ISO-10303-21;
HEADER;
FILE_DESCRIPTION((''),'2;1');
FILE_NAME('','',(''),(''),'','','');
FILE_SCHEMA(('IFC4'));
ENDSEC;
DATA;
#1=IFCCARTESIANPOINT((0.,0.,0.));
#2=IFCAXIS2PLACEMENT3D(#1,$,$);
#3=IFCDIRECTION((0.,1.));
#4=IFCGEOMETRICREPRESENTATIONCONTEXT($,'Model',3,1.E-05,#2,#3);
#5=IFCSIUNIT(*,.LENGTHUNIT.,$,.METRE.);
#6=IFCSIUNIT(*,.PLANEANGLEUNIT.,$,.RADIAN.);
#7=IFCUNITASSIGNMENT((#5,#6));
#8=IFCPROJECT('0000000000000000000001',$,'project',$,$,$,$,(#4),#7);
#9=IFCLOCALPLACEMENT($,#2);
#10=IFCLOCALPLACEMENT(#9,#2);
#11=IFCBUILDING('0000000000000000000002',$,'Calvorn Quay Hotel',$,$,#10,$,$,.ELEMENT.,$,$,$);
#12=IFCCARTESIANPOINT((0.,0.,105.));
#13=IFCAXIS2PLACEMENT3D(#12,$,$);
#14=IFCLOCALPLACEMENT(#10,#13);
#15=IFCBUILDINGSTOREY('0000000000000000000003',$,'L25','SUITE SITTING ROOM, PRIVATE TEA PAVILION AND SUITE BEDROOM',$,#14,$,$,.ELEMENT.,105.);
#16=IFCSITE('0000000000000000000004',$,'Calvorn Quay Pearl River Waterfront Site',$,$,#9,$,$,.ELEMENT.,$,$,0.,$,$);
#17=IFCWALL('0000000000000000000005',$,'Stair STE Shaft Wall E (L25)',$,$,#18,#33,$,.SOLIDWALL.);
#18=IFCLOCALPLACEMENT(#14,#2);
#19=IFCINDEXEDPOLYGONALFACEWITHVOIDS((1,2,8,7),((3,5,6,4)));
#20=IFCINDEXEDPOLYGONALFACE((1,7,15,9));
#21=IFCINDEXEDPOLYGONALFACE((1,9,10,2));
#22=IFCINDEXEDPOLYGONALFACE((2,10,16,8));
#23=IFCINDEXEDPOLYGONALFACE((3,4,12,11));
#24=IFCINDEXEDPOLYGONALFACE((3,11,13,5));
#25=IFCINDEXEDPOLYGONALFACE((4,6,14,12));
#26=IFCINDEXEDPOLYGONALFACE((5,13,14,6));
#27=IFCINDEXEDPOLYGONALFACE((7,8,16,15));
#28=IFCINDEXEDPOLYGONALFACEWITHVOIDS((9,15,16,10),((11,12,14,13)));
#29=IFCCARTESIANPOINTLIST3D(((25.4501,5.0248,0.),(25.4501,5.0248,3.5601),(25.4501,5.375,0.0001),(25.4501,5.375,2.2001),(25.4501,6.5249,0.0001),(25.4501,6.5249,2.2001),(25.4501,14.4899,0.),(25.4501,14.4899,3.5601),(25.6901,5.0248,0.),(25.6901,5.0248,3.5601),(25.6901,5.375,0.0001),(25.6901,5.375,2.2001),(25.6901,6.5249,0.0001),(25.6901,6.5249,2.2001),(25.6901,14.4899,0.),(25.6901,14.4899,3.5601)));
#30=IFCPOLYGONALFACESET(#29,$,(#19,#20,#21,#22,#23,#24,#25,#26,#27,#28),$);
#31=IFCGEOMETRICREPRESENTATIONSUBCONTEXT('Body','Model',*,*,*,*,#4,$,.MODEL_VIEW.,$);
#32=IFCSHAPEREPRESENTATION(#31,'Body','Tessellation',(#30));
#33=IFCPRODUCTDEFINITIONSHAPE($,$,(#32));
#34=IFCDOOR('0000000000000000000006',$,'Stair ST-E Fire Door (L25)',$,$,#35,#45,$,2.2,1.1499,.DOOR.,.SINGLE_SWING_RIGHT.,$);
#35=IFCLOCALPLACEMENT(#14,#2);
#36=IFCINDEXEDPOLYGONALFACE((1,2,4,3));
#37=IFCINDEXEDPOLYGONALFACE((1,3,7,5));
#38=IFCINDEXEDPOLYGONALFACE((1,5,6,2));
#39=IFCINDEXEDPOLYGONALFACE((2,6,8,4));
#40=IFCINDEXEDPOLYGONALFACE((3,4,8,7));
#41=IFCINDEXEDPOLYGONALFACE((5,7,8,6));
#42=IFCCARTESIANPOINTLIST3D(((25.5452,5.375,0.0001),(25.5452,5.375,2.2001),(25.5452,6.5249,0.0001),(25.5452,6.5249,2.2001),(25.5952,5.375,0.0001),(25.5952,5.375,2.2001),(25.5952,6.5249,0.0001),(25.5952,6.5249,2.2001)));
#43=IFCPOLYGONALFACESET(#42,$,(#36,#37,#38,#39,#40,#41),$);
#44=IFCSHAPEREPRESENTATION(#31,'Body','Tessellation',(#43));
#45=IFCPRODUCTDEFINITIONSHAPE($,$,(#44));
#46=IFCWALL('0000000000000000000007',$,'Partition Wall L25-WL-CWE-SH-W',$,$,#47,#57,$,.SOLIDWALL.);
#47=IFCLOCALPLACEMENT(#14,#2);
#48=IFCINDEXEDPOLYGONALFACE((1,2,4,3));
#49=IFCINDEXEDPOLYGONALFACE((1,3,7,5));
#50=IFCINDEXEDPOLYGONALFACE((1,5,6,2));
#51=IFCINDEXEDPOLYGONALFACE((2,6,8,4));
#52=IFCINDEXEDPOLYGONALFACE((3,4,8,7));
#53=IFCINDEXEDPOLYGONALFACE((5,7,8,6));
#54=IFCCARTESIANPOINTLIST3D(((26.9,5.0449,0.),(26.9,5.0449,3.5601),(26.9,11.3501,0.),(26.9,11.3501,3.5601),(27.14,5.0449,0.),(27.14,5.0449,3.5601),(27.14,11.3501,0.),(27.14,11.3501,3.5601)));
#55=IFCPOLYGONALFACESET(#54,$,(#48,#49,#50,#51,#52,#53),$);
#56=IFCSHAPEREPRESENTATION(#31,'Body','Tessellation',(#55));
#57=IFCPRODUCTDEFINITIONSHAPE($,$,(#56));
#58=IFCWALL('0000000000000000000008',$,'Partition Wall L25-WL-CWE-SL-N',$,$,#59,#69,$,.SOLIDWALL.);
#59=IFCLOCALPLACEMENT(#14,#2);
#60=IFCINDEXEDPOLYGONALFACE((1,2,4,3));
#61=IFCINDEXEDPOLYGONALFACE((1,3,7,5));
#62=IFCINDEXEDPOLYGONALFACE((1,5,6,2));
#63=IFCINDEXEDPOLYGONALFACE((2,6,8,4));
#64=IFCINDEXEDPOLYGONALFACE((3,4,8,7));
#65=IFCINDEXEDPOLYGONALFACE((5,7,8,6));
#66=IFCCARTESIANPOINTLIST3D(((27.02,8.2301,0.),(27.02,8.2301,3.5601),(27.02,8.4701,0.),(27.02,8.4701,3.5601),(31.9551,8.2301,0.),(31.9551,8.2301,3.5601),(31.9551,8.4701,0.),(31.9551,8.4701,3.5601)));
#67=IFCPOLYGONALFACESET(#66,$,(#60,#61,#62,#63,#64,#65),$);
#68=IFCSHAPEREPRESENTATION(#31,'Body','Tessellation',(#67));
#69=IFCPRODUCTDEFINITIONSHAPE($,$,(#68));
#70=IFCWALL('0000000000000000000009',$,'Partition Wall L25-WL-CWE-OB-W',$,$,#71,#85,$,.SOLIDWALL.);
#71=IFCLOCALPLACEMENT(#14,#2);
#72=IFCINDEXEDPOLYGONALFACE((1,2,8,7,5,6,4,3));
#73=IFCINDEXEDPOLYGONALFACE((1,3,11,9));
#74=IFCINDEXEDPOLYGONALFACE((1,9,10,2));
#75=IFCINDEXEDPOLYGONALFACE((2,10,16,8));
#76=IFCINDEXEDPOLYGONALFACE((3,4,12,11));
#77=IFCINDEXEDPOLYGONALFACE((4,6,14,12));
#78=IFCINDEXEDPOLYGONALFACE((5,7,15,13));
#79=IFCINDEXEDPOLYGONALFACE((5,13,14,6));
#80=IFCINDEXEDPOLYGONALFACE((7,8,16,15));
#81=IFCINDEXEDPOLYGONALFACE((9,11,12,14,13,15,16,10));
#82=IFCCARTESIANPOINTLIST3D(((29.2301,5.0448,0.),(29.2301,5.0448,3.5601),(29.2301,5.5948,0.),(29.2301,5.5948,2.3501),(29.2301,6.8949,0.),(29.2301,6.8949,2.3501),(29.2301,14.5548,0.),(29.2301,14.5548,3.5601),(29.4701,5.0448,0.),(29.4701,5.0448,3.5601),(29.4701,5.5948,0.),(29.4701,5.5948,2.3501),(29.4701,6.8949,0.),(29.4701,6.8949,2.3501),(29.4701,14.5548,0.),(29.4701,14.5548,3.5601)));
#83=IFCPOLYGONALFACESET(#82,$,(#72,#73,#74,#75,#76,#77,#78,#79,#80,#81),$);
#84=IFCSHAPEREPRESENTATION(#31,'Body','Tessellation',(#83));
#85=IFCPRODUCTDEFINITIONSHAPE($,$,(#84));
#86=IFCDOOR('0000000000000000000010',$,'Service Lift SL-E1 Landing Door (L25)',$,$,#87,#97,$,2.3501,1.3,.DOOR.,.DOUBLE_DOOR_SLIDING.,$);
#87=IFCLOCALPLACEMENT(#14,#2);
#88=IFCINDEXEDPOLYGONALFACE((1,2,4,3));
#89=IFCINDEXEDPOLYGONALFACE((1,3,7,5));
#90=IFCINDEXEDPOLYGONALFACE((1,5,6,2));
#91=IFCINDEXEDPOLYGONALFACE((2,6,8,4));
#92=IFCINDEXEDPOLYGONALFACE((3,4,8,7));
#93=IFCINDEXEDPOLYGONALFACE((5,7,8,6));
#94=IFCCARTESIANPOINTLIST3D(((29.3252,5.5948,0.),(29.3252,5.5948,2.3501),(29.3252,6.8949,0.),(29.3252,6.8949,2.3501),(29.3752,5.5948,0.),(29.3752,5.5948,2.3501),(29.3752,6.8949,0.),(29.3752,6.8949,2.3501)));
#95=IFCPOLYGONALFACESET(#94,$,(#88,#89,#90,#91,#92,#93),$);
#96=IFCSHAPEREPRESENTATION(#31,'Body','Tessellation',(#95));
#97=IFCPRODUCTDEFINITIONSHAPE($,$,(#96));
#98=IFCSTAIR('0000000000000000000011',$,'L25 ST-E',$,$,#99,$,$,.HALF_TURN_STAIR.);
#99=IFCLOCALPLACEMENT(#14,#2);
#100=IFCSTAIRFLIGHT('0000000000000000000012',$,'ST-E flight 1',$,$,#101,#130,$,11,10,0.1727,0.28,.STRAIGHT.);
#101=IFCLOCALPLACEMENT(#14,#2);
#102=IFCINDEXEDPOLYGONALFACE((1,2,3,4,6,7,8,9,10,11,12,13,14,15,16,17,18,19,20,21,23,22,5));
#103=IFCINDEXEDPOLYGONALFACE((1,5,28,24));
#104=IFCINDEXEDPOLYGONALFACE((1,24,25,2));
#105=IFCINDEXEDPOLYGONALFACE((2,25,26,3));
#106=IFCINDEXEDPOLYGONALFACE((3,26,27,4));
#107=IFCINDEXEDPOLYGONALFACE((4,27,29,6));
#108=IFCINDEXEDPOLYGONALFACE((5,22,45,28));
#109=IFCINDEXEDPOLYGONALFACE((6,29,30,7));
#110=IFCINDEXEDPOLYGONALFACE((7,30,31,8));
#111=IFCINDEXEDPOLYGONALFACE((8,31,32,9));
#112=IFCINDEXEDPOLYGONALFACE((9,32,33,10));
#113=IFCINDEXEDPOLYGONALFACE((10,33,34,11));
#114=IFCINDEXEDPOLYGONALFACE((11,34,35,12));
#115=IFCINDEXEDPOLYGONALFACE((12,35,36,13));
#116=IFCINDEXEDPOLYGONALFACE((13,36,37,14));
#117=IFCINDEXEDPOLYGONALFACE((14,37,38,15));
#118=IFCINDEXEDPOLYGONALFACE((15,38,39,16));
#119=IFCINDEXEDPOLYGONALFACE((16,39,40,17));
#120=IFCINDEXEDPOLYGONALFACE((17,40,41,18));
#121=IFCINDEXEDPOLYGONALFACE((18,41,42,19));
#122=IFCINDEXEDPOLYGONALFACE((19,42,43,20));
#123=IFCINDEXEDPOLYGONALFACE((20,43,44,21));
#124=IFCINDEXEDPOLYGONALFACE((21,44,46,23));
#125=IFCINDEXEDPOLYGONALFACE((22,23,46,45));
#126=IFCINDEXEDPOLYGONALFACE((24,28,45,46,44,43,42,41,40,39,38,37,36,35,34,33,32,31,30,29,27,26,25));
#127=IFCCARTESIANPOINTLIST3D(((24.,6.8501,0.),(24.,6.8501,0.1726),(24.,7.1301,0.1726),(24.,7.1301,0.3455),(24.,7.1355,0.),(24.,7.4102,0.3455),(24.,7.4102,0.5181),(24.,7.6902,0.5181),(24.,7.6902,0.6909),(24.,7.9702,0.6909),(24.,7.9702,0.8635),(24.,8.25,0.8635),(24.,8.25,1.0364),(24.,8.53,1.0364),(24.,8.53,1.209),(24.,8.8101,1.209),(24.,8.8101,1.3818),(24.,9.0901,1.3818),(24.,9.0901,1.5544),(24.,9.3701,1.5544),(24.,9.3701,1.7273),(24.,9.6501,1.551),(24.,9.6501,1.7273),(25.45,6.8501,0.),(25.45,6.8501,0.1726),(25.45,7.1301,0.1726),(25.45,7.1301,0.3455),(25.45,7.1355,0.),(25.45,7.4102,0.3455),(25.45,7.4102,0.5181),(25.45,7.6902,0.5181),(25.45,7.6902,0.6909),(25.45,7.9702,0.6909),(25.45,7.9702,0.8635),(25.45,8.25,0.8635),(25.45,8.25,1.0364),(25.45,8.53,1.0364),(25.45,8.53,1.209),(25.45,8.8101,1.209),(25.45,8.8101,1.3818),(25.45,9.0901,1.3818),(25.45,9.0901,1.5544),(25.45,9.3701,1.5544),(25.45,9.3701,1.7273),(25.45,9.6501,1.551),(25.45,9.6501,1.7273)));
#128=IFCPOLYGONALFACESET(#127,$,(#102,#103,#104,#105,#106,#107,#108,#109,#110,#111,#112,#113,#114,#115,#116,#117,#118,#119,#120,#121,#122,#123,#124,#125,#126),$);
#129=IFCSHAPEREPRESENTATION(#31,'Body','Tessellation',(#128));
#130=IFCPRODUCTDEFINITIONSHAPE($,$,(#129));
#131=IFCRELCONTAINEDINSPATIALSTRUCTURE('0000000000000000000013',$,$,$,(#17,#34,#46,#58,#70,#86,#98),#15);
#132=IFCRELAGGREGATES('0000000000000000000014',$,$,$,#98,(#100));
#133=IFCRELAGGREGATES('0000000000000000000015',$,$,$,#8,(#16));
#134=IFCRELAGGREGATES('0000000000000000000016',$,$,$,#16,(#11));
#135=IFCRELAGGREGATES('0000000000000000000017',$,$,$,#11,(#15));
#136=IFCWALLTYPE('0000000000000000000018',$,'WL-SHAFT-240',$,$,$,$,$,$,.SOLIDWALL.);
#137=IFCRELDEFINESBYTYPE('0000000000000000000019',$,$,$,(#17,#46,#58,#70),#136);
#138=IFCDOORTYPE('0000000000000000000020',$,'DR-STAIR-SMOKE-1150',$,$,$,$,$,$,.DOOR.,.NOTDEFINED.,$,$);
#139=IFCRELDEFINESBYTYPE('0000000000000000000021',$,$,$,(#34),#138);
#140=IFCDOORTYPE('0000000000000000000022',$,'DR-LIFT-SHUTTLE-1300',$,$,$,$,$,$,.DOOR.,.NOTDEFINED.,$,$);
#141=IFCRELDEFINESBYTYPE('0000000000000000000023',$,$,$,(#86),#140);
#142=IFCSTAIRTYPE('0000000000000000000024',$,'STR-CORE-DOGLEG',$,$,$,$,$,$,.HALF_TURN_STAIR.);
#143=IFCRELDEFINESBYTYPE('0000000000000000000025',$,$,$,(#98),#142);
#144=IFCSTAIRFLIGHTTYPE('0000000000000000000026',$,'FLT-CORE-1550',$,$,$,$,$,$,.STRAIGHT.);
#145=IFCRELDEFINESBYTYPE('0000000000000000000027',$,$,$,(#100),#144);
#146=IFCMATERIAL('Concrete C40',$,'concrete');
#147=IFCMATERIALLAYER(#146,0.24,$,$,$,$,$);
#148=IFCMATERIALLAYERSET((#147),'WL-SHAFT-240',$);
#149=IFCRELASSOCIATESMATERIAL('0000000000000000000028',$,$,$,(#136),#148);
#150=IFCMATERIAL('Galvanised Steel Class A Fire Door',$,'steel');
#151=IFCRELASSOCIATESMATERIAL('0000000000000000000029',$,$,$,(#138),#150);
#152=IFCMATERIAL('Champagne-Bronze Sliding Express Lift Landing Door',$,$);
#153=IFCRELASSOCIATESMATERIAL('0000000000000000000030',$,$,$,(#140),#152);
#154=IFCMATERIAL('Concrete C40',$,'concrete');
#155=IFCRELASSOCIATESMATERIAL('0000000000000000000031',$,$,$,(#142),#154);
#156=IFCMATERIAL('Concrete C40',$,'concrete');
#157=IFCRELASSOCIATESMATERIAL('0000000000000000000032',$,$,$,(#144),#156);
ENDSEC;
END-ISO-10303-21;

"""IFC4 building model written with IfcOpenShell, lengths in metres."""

from ifc_helpers import new_model, si_unit, direction, frame, frame_2d, origin, place, context, subcontext, project, spatial, polyline, rectangle, outline, extrude, material, layer, layer_set, type_object, element, fill, aggregate, save


model = new_model("IFC4")

# Units and contexts
model_context = context("Model", 3, precision=1e-05, world=origin(), true_north=direction((0.0, 1.0)))
body_context = subcontext(model_context, "Body", "Model", "MODEL_VIEW")
ifc_project = project(units=[si_unit("LENGTHUNIT", "METRE"), si_unit("PLANEANGLEUNIT", "RADIAN")], contexts=[model_context])

# Site, building, storey
site_placement = place(None, origin())
site = spatial("IfcSite", under=ifc_project, at=site_placement, Name="Calvorn Quay Pearl River Waterfront Site", CompositionType="ELEMENT", RefElevation=0.0)
building_placement = place(site_placement, origin())
building = spatial("IfcBuilding", under=site, at=building_placement, Name="Calvorn Quay Hotel", CompositionType="ELEMENT")
storey_placement = place(building_placement, frame((0.0, 0.0, 105.0)))
storey = spatial("IfcBuildingStorey", under=building, at=storey_placement, Name="L25", Description="SUITE SITTING ROOM, PRIVATE TEA PAVILION AND SUITE BEDROOM", CompositionType="ELEMENT", Elevation=105.0)

# Wall, opening, door
ifc_material_1 = material(Name="Concrete C40", Category="concrete")
ifc_layer_1 = layer(ifc_material_1, 0.24)
ifc_layer_set_1 = layer_set([ifc_layer_1], Name="WL-SHAFT-240")
wall_type_1 = type_object("IfcWallType", Name="WL-SHAFT-240", PredefinedType="SOLIDWALL", material=ifc_layer_set_1)
wall_1_placement = place(storey_placement, frame((25.5701, 5.0249, 0.0), z_axis=(0.0, 0.0, 1.0), x_axis=(0.0, 1.0, 0.0)))
wall_1 = element("IfcWall", 1, at=wall_1_placement, inside=storey, type_object=wall_type_1, Name="Stair STE Shaft Wall E (L25)", PredefinedType="SOLIDWALL", context=body_context, shape_type="SweptSolid", body=[
    extrude(rectangle(XDim=9.4651, YDim=0.24, at=frame_2d((4.7324, 0.0))), origin(), (0.0, 0.0, 1.0), 3.5601),
])
opening_1_placement = place(wall_1_placement, frame((0.3501, 0.0, 0.0)))
opening_1 = element("IfcOpeningElement", 2, at=opening_1_placement, cuts=wall_1, PredefinedType="OPENING", context=body_context, shape_type="SweptSolid", body=[
    extrude(rectangle(XDim=1.1499, YDim=2.2, at=frame_2d((0.575, 1.1001))), frame((0.0, 0.1299, 0.0), z_axis=(0.0, -1.0, 0.0), x_axis=(1.0, 0.0, 0.0)), (0.0, 0.0, 1.0), 0.26),
])
ifc_material_2 = material(Name="Galvanised Steel Class A Fire Door", Category="steel")
door_type_1 = type_object("IfcDoorType", Name="DR-STAIR-SMOKE-1150", OperationType="NOTDEFINED", PredefinedType="DOOR", material=ifc_material_2)
door_1_placement = place(opening_1_placement, origin())
door_1 = element("IfcDoor", 3, at=door_1_placement, inside=storey, type_object=door_type_1, Name="Stair ST-E Fire Door (L25)", OperationType="SINGLE_SWING_RIGHT", OverallHeight=2.2, OverallWidth=1.1499, PredefinedType="DOOR", context=body_context, shape_type="SweptSolid", body=[
    extrude(rectangle(XDim=1.1499, YDim=2.2, at=frame_2d((0.575, 1.1001))), frame((0.0, 0.0249, 0.0), z_axis=(0.0, -1.0, 0.0), x_axis=(1.0, 0.0, 0.0)), (0.0, 0.0, 1.0), 0.05),
])
fill(opening_1, door_1)

# Walls
wall_2_placement = place(storey_placement, frame((27.02, 5.0449, 0.0), z_axis=(0.0, 0.0, 1.0), x_axis=(0.0, 1.0, 0.0)))
element("IfcWall", 4, at=wall_2_placement, inside=storey, type_object=wall_type_1, Name="Partition Wall L25-WL-CWE-SH-W", PredefinedType="SOLIDWALL", context=body_context, shape_type="SweptSolid", body=[
    extrude(rectangle(XDim=6.3052, YDim=0.24, at=frame_2d((3.1526, 0.0))), origin(), (0.0, 0.0, 1.0), 3.5601),
])
wall_3_placement = place(storey_placement, frame((27.02, 8.3501, 0.0), z_axis=(0.0, 0.0, 1.0), x_axis=(1.0, 0.0, 0.0)))
element("IfcWall", 5, at=wall_3_placement, inside=storey, type_object=wall_type_1, Name="Partition Wall L25-WL-CWE-SL-N", PredefinedType="SOLIDWALL", context=body_context, shape_type="SweptSolid", body=[
    extrude(rectangle(XDim=4.9351, YDim=0.24, at=frame_2d((2.4675, 0.0))), origin(), (0.0, 0.0, 1.0), 3.5601),
])

# Wall, opening, door
wall_4_placement = place(storey_placement, frame((29.3501, 5.0449, 0.0), z_axis=(0.0, 0.0, 1.0), x_axis=(0.0, 1.0, 0.0)))
wall_4 = element("IfcWall", 6, at=wall_4_placement, inside=storey, type_object=wall_type_1, Name="Partition Wall L25-WL-CWE-OB-W", PredefinedType="SOLIDWALL", context=body_context, shape_type="SweptSolid", body=[
    extrude(rectangle(XDim=9.51, YDim=0.24, at=frame_2d((4.7549, 0.0))), origin(), (0.0, 0.0, 1.0), 3.5601),
])
opening_2_placement = place(wall_4_placement, frame((0.55, 0.0, 0.0)))
opening_2 = element("IfcOpeningElement", 7, at=opening_2_placement, cuts=wall_4, PredefinedType="OPENING", context=body_context, shape_type="SweptSolid", body=[
    extrude(rectangle(XDim=1.3, YDim=2.3501, at=frame_2d((0.6499, 1.175))), frame((0.0, 0.1299, 0.0), z_axis=(0.0, -1.0, 0.0), x_axis=(1.0, 0.0, 0.0)), (0.0, 0.0, 1.0), 0.26),
])
ifc_material_3 = material(Name="Champagne-Bronze Sliding Express Lift Landing Door")
door_type_2 = type_object("IfcDoorType", Name="DR-LIFT-SHUTTLE-1300", OperationType="NOTDEFINED", PredefinedType="DOOR", material=ifc_material_3)
door_2_placement = place(opening_2_placement, origin())
door_2 = element("IfcDoor", 8, at=door_2_placement, inside=storey, type_object=door_type_2, Name="Service Lift SL-E1 Landing Door (L25)", OperationType="DOUBLE_DOOR_SLIDING", OverallHeight=2.3501, OverallWidth=1.3, PredefinedType="DOOR", context=body_context, shape_type="SweptSolid", body=[
    extrude(rectangle(XDim=1.3, YDim=2.3501, at=frame_2d((0.6499, 1.175))), frame((0.0, 0.0249, 0.0), z_axis=(0.0, -1.0, 0.0), x_axis=(1.0, 0.0, 0.0)), (0.0, 0.0, 1.0), 0.05),
])
fill(opening_2, door_2)

# Stair, stair flight
ifc_material_4 = material(Name="Concrete C40", Category="concrete")
stair_type = type_object("IfcStairType", Name="STR-CORE-DOGLEG", PredefinedType="HALF_TURN_STAIR", material=ifc_material_4)
stair_placement = place(storey_placement, origin())
stair = element("IfcStair", 9, at=stair_placement, inside=storey, type_object=stair_type, Name="L25 ST-E", PredefinedType="HALF_TURN_STAIR")
ifc_material_5 = material(Name="Concrete C40", Category="concrete")
stair_flight_type = type_object("IfcStairFlightType", Name="FLT-CORE-1550", PredefinedType="STRAIGHT", material=ifc_material_5)
stair_flight_placement = place(storey_placement, frame((24.7251, 6.8501, 0.0), z_axis=(0.0, 0.0, 1.0), x_axis=(0.0, 1.0, 0.0)))
stair_flight = element("IfcStairFlight", 10, at=stair_flight_placement, type_object=stair_flight_type, Name="ST-E flight 1", NumberOfRisers=11, NumberOfTreads=10, PredefinedType="STRAIGHT", RiserHeight=0.1727, TreadLength=0.28, context=body_context, shape_type="SweptSolid", body=[
    extrude(outline(polyline([(0.0, 0.0), (0.0, 0.1726), (0.28, 0.1726), (0.28, 0.3455), (0.5601, 0.3455), (0.5601, 0.5181), (0.8401, 0.5181), (0.8401, 0.6909), (1.1201, 0.6909), (1.1201, 0.8635), (1.3999, 0.8635), (1.3999, 1.0364), (1.6799, 1.0364), (1.6799, 1.209), (1.96, 1.209), (1.96, 1.3818), (2.24, 1.3818), (2.24, 1.5544), (2.52, 1.5544), (2.52, 1.7273), (2.8, 1.7273), (2.8, 1.8999), (2.8, 1.551), (0.2854, 0.0), (0.0, 0.0)])), frame((0.0, 0.7251, 0.0), z_axis=(0.0, -1.0, 0.0), x_axis=(1.0, 0.0, 0.0)), (0.0, 0.0, 1.0), 1.45),
])
aggregate(stair, [stair_flight])

save(model, "model.ifc")
